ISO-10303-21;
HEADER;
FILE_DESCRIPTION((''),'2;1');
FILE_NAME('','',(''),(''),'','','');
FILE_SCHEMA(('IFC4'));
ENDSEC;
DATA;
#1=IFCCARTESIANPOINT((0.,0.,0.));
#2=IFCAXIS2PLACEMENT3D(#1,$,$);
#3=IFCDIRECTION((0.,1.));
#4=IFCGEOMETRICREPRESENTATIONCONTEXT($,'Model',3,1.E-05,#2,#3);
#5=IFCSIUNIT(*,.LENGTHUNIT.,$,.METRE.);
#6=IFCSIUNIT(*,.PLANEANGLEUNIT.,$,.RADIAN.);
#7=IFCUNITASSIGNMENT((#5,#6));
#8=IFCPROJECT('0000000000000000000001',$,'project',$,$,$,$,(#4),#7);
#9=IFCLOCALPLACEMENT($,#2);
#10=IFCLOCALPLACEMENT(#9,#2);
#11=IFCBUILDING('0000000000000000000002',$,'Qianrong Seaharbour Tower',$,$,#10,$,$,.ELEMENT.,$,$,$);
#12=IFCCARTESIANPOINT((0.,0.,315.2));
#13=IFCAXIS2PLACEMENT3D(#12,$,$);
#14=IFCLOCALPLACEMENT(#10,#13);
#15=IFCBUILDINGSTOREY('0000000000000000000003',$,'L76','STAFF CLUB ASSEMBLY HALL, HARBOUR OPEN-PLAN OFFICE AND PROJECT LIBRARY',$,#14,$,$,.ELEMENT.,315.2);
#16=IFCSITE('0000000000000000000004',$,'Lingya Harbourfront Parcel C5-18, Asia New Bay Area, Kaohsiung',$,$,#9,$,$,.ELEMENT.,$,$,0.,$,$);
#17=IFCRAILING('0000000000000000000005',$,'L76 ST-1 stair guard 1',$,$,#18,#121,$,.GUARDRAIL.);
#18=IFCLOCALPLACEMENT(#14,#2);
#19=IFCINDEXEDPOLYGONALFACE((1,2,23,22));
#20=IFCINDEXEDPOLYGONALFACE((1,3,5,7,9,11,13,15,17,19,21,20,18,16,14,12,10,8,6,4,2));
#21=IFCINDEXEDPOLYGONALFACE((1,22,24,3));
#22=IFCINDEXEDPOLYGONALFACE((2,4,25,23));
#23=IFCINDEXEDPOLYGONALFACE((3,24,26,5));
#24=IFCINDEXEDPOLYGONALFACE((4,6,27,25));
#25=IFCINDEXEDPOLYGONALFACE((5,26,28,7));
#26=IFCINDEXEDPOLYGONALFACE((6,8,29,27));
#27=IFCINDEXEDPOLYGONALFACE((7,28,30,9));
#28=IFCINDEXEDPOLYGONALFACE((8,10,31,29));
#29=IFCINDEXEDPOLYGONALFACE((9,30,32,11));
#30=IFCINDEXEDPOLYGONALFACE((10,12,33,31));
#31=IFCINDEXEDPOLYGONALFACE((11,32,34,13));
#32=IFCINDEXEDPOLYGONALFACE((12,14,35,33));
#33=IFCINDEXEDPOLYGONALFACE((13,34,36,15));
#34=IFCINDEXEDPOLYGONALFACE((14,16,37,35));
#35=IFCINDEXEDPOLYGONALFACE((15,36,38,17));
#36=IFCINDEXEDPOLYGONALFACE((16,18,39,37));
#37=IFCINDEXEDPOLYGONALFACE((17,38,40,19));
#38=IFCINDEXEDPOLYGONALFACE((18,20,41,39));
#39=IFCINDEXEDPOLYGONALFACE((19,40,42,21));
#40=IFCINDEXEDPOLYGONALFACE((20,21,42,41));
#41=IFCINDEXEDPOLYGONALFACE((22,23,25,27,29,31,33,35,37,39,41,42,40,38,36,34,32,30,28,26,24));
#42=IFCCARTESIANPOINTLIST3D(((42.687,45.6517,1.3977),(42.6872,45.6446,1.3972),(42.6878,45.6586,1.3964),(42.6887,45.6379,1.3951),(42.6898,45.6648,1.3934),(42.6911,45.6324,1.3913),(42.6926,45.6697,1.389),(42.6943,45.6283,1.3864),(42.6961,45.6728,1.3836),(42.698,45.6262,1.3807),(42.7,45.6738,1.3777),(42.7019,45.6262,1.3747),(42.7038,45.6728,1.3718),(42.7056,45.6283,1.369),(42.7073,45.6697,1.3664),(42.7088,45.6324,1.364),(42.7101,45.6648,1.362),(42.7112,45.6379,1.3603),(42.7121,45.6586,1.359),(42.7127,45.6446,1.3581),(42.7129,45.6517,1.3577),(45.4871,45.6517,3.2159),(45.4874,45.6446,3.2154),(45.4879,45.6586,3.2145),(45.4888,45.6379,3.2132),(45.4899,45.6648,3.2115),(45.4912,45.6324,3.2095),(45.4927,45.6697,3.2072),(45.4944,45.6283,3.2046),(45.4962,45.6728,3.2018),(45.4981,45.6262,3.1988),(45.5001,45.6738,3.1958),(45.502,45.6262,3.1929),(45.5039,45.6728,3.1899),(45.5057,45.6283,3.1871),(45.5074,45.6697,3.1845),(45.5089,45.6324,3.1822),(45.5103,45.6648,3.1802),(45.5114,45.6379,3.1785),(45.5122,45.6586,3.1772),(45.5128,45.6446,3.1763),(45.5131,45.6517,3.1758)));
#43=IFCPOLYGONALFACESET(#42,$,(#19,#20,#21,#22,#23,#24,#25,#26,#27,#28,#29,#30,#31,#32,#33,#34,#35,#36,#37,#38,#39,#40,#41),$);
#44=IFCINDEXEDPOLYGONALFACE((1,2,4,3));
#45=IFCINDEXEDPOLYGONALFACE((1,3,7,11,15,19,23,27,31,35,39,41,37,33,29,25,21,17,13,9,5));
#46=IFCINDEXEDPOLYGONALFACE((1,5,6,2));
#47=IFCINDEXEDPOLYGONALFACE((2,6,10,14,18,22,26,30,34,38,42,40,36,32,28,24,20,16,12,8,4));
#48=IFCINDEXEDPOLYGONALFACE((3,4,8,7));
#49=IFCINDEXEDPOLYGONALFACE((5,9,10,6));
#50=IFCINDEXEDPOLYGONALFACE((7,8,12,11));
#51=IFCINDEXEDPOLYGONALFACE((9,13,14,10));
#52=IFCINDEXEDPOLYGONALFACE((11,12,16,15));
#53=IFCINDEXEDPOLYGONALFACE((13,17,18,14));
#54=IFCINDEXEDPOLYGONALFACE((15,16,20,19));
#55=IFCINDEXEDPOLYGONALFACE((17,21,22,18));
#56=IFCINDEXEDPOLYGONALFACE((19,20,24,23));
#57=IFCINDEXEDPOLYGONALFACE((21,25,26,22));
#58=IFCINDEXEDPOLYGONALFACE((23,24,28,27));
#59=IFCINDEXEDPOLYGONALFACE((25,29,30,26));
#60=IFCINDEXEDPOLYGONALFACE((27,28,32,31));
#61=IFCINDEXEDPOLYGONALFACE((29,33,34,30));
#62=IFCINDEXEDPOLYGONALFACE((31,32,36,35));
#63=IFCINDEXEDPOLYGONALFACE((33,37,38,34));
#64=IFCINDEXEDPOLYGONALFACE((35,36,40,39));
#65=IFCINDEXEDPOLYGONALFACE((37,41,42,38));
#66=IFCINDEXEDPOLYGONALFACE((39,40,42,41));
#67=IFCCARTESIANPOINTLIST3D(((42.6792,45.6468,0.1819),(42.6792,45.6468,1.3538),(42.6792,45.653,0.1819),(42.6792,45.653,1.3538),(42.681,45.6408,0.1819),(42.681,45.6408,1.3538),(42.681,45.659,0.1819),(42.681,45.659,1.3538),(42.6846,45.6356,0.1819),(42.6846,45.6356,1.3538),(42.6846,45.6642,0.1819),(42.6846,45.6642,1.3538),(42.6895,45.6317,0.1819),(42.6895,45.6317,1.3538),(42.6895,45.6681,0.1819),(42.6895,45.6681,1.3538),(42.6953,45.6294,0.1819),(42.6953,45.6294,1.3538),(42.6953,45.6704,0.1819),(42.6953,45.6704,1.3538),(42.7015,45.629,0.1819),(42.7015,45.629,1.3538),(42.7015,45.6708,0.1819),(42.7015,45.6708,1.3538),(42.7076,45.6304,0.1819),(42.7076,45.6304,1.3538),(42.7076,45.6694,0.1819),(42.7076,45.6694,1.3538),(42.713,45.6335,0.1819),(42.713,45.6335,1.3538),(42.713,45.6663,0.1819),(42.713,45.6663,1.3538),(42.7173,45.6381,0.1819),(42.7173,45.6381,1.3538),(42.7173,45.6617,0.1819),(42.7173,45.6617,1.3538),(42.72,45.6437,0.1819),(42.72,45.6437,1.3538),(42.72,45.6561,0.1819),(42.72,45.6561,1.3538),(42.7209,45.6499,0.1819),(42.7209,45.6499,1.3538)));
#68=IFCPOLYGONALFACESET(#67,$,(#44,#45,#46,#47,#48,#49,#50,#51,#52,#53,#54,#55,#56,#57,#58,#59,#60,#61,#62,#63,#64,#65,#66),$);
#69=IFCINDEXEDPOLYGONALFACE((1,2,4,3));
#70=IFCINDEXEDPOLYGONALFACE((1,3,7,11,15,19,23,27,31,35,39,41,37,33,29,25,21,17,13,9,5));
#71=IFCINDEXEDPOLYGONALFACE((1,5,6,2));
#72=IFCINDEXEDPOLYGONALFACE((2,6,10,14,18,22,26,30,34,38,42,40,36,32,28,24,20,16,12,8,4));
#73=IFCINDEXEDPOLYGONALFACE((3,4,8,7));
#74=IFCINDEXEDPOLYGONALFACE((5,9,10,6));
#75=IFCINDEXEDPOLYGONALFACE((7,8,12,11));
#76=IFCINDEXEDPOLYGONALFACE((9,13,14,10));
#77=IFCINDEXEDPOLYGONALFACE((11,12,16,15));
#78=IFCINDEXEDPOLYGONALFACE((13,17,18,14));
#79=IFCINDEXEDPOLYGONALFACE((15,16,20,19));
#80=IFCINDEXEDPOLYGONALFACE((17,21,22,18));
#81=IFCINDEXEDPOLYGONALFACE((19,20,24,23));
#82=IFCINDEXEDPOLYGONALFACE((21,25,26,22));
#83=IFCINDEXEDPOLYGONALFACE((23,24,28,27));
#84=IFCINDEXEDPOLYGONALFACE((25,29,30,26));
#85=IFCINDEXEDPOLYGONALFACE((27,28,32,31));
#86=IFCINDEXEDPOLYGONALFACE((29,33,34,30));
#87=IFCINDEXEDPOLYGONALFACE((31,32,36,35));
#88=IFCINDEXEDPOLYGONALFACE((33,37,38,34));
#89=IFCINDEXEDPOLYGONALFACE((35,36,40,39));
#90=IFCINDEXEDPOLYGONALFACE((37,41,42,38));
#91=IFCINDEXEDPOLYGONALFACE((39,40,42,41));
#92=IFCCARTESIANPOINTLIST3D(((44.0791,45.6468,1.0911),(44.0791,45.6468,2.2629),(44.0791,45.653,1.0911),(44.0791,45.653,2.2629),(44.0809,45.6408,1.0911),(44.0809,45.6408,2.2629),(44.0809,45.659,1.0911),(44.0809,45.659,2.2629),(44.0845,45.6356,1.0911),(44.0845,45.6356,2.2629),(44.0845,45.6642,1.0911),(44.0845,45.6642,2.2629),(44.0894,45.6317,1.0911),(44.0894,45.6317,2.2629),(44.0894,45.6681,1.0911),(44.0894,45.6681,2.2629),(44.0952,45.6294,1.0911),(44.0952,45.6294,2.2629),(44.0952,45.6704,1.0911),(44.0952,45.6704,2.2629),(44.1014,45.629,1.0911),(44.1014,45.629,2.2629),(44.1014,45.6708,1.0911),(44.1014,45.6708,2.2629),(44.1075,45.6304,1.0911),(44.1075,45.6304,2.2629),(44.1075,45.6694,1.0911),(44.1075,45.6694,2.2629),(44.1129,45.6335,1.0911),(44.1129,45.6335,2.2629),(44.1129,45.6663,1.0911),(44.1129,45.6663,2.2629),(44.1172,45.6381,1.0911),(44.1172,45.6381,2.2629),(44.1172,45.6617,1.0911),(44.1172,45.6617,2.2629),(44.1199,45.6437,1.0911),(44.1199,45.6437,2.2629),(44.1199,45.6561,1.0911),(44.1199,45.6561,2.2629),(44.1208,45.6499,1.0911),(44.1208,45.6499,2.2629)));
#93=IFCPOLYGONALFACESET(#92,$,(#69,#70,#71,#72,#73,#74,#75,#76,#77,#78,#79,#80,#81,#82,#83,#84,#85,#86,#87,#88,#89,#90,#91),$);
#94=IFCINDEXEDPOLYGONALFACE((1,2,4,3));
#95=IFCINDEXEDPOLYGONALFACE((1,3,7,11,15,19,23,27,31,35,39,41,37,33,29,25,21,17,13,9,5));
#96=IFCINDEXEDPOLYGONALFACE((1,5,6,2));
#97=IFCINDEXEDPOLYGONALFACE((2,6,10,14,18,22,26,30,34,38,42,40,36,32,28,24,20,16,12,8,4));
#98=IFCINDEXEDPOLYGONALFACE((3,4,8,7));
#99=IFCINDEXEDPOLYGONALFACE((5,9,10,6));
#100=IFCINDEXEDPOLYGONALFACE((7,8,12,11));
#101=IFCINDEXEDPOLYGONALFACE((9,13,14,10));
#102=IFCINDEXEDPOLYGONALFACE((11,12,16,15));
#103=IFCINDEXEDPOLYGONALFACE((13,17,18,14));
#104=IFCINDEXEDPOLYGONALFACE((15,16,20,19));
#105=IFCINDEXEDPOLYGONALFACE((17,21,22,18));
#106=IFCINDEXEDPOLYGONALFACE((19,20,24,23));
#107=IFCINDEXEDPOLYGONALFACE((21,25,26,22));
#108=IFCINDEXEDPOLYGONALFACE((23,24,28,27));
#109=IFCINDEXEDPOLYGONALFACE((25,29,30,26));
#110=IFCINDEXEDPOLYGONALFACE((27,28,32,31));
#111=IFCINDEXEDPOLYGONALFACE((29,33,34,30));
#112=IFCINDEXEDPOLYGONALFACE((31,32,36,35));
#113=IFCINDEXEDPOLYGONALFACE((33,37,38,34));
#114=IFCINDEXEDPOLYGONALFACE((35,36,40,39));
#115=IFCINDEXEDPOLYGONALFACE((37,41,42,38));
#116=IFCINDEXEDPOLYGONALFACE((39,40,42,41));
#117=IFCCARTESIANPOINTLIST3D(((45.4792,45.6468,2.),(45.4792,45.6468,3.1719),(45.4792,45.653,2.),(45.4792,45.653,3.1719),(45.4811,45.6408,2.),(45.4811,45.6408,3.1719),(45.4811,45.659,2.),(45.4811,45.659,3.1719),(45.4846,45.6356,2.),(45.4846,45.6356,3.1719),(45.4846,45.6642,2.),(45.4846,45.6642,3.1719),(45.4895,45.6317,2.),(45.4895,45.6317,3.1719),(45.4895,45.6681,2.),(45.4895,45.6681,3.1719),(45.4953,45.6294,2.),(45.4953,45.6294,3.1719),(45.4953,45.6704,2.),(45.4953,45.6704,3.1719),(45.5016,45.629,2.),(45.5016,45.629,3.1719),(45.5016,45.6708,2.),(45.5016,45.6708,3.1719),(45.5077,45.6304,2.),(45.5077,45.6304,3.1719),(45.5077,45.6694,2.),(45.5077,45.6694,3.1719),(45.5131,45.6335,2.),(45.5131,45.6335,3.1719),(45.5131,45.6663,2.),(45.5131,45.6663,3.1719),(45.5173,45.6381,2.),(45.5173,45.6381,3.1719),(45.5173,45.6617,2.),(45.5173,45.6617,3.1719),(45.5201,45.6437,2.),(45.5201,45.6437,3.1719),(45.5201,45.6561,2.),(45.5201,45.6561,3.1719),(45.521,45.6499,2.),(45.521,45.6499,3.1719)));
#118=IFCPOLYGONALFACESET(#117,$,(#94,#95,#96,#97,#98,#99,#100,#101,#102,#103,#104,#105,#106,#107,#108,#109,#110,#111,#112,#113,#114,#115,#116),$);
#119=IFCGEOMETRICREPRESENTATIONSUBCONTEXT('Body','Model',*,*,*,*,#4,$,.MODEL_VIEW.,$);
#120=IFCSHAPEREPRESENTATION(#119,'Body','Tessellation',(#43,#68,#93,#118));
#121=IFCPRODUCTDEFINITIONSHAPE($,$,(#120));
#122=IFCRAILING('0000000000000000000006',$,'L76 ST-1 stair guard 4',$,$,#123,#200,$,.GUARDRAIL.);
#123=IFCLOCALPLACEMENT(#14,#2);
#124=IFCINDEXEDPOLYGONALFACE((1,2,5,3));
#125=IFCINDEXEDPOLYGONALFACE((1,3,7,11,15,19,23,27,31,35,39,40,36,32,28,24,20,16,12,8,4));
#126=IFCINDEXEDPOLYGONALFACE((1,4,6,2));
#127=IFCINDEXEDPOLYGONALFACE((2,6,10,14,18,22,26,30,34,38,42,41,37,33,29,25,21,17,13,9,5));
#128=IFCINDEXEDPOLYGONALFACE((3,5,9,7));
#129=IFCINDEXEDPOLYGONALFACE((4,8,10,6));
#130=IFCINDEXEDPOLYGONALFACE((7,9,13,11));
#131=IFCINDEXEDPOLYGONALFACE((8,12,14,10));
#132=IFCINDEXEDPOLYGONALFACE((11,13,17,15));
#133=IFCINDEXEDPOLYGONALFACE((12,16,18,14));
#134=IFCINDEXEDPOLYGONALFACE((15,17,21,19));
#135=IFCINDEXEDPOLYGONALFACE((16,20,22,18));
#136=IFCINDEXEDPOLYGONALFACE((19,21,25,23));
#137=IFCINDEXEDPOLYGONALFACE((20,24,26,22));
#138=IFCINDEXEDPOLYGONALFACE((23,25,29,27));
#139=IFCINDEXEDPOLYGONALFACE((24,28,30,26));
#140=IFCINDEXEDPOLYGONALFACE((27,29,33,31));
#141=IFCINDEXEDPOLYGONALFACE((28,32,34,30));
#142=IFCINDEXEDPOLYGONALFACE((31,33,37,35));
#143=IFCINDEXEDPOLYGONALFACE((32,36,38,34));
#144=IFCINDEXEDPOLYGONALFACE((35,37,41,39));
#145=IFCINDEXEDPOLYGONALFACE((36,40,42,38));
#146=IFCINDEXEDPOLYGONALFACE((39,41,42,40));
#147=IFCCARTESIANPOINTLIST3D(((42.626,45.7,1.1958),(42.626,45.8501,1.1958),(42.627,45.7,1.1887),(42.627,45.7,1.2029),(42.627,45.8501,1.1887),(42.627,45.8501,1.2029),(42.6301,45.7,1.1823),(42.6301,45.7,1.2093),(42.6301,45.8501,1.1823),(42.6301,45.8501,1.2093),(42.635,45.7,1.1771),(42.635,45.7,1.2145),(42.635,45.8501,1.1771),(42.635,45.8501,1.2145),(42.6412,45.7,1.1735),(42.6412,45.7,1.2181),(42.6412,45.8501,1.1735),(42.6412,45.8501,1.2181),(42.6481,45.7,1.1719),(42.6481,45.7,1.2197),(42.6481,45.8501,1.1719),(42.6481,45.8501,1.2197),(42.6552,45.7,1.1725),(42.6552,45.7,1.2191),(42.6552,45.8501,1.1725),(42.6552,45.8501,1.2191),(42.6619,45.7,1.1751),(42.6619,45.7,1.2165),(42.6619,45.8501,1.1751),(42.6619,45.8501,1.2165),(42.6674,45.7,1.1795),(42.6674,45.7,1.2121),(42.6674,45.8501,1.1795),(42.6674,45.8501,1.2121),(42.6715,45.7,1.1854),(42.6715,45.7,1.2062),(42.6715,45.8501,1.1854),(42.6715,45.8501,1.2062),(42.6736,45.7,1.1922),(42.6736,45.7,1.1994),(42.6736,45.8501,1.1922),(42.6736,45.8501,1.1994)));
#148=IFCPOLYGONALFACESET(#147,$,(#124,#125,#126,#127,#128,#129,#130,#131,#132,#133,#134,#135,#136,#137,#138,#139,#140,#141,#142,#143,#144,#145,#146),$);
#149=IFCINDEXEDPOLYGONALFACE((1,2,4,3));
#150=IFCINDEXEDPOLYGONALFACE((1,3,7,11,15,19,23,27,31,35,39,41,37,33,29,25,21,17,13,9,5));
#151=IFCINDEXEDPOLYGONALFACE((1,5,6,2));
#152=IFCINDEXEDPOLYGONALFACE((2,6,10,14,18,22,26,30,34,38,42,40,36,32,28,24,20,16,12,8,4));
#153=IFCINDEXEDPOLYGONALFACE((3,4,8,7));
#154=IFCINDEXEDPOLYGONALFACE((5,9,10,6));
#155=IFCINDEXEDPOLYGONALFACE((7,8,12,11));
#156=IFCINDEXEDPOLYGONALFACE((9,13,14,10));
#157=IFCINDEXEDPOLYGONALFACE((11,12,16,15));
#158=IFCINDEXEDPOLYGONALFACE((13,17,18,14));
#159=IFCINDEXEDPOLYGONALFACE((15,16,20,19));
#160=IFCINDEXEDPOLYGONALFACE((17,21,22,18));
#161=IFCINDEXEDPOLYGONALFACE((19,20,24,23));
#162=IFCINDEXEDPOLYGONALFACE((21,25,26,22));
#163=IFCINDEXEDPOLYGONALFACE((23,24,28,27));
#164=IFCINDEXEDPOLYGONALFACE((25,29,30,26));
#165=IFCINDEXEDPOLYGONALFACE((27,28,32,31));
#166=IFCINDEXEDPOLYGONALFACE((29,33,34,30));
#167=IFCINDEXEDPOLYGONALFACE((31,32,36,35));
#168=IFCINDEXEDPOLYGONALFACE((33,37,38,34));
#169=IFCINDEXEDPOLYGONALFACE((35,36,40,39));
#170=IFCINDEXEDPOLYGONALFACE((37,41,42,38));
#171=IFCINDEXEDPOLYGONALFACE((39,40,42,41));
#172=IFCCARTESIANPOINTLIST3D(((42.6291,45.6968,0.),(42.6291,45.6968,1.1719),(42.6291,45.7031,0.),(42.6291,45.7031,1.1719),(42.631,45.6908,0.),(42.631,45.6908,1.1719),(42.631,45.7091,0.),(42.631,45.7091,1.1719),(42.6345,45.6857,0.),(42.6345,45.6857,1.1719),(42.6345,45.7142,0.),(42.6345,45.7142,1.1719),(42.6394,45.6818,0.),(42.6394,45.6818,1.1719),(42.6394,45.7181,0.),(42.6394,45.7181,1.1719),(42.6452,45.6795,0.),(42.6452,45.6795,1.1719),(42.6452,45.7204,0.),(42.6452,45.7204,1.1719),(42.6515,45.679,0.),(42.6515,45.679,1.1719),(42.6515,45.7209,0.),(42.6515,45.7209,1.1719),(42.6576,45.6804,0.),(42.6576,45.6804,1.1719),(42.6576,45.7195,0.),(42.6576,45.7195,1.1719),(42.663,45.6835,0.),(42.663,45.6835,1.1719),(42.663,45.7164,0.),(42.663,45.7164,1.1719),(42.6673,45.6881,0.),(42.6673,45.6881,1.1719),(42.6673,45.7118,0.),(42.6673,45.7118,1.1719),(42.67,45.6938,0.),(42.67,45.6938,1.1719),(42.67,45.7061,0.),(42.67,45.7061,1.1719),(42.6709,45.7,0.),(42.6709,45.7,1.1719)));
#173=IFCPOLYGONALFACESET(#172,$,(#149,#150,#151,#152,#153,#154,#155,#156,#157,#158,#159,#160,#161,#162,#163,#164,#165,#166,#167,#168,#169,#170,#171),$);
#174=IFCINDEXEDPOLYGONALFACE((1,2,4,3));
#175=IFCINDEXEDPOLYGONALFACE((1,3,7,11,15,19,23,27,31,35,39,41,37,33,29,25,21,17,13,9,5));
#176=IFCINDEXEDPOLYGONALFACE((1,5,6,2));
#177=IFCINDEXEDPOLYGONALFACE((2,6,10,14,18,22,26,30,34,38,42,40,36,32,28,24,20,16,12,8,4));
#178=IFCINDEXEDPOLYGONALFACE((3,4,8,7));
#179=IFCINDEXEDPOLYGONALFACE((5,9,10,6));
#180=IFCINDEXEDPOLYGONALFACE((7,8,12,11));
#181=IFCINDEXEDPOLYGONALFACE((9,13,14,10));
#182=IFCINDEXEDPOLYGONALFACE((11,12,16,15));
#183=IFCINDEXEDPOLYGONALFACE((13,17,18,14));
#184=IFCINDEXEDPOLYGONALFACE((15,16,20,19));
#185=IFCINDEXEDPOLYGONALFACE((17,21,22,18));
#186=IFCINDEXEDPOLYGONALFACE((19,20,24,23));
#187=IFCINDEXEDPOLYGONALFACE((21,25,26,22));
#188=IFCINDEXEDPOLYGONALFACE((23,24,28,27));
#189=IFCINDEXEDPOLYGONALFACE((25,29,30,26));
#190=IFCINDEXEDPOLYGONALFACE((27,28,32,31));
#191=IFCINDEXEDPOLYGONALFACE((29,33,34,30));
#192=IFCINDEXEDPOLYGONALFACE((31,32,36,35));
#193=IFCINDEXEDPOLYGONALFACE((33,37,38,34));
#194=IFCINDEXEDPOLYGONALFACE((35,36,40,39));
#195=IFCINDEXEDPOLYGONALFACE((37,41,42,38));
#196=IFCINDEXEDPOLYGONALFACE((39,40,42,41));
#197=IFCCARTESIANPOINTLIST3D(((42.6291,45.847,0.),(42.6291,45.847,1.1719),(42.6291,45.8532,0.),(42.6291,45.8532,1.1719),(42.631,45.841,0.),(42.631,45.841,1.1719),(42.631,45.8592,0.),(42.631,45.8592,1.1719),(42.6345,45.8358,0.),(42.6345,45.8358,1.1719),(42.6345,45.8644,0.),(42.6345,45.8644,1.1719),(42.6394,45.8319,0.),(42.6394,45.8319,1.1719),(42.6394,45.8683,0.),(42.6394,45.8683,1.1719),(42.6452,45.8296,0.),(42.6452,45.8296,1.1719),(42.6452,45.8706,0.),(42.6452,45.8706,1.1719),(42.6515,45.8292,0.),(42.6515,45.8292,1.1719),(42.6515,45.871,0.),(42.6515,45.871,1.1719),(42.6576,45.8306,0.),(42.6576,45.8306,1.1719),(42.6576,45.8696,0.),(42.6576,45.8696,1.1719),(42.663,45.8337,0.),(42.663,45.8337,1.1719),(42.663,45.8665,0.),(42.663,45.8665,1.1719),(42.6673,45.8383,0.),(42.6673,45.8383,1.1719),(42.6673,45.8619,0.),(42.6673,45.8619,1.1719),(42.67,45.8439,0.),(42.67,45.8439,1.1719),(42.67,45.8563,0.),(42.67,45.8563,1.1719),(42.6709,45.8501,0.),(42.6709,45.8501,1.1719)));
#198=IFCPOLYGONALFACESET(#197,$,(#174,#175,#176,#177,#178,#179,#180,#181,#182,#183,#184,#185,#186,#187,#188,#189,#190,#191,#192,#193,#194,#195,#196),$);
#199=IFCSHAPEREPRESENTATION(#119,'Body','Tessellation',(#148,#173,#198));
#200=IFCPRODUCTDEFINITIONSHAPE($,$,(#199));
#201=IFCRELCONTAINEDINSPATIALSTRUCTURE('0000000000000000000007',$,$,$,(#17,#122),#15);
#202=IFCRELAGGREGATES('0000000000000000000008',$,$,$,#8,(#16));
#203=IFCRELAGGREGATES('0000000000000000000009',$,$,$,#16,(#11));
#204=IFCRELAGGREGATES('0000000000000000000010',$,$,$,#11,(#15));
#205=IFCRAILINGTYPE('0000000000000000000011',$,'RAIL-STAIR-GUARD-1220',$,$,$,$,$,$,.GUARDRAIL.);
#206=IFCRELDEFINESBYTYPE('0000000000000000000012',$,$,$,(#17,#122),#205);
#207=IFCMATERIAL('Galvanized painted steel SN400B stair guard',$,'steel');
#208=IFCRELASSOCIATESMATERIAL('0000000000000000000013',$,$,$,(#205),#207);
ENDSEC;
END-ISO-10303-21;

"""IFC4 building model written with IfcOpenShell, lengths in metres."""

from ifc_helpers import new_model, si_unit, direction, frame, origin, origin_2d, place, context, subcontext, project, spatial, circle, extrude, material, type_object, element, save


model = new_model("IFC4")

# Units and contexts
model_context = context("Model", 3, precision=1e-05, world=origin(), true_north=direction((0.0, 1.0)))
body_context = subcontext(model_context, "Body", "Model", "MODEL_VIEW")
ifc_project = project(units=[si_unit("LENGTHUNIT", "METRE"), si_unit("PLANEANGLEUNIT", "RADIAN")], contexts=[model_context])

# Site, building, storey
site_placement = place(None, origin())
site = spatial("IfcSite", under=ifc_project, at=site_placement, Name="Lingya Harbourfront Parcel C5-18, Asia New Bay Area, Kaohsiung", CompositionType="ELEMENT", RefElevation=0.0)
building_placement = place(site_placement, origin())
building = spatial("IfcBuilding", under=site, at=building_placement, Name="Qianrong Seaharbour Tower", CompositionType="ELEMENT")
storey_placement = place(building_placement, frame((0.0, 0.0, 315.2)))
storey = spatial("IfcBuildingStorey", under=building, at=storey_placement, Name="L76", Description="STAFF CLUB ASSEMBLY HALL, HARBOUR OPEN-PLAN OFFICE AND PROJECT LIBRARY", CompositionType="ELEMENT", Elevation=315.2)

# Railings
ifc_material_1 = material(Name="Galvanized painted steel SN400B stair guard", Category="steel")
railing_type_1 = type_object("IfcRailingType", Name="RAIL-STAIR-GUARD-1220", PredefinedType="GUARDRAIL", material=ifc_material_1)
railing_1_placement = place(storey_placement, frame((42.7, 45.6499, 0.1819)))
element("IfcRailing", 1, at=railing_1_placement, inside=storey, type_object=railing_type_1, Name="L76 ST-1 stair guard 1", PredefinedType="GUARDRAIL", context=body_context, shape_type="SweptSolid", body=[
    extrude(circle(Radius=0.0239, at=origin_2d()), frame((0.0, 0.0, 1.1958), z_axis=(0.838706, 0.0, 0.544585), x_axis=(0.0, 1.0, 0.0)), (0.0, 0.0, 1.0), 3.3386),
    extrude(circle(Radius=0.021, at=origin_2d()), origin(), (0.0, 0.0, 1.0), 1.1719),
    extrude(circle(Radius=0.021, at=origin_2d()), frame((1.3999, 0.0, 0.9092)), (0.0, 0.0, 1.0), 1.1719),
    extrude(circle(Radius=0.021, at=origin_2d()), frame((2.8, 0.0, 1.8181)), (0.0, 0.0, 1.0), 1.1719),
])
railing_2_placement = place(storey_placement, frame((42.6499, 45.7, 0.0)))
element("IfcRailing", 2, at=railing_2_placement, inside=storey, type_object=railing_type_1, Name="L76 ST-1 stair guard 4", PredefinedType="GUARDRAIL", context=body_context, shape_type="SweptSolid", body=[
    extrude(circle(Radius=0.0239, at=origin_2d()), frame((0.0, 0.0, 1.1958), z_axis=(0.0, 1.0, 0.0), x_axis=(-1.0, 0.0, 0.0)), (0.0, 0.0, 1.0), 0.1501),
    extrude(circle(Radius=0.021, at=origin_2d()), origin(), (0.0, 0.0, 1.0), 1.1719),
    extrude(circle(Radius=0.021, at=origin_2d()), frame((0.0, 0.1501, 0.0)), (0.0, 0.0, 1.0), 1.1719),
])

save(model, "model.ifc")
